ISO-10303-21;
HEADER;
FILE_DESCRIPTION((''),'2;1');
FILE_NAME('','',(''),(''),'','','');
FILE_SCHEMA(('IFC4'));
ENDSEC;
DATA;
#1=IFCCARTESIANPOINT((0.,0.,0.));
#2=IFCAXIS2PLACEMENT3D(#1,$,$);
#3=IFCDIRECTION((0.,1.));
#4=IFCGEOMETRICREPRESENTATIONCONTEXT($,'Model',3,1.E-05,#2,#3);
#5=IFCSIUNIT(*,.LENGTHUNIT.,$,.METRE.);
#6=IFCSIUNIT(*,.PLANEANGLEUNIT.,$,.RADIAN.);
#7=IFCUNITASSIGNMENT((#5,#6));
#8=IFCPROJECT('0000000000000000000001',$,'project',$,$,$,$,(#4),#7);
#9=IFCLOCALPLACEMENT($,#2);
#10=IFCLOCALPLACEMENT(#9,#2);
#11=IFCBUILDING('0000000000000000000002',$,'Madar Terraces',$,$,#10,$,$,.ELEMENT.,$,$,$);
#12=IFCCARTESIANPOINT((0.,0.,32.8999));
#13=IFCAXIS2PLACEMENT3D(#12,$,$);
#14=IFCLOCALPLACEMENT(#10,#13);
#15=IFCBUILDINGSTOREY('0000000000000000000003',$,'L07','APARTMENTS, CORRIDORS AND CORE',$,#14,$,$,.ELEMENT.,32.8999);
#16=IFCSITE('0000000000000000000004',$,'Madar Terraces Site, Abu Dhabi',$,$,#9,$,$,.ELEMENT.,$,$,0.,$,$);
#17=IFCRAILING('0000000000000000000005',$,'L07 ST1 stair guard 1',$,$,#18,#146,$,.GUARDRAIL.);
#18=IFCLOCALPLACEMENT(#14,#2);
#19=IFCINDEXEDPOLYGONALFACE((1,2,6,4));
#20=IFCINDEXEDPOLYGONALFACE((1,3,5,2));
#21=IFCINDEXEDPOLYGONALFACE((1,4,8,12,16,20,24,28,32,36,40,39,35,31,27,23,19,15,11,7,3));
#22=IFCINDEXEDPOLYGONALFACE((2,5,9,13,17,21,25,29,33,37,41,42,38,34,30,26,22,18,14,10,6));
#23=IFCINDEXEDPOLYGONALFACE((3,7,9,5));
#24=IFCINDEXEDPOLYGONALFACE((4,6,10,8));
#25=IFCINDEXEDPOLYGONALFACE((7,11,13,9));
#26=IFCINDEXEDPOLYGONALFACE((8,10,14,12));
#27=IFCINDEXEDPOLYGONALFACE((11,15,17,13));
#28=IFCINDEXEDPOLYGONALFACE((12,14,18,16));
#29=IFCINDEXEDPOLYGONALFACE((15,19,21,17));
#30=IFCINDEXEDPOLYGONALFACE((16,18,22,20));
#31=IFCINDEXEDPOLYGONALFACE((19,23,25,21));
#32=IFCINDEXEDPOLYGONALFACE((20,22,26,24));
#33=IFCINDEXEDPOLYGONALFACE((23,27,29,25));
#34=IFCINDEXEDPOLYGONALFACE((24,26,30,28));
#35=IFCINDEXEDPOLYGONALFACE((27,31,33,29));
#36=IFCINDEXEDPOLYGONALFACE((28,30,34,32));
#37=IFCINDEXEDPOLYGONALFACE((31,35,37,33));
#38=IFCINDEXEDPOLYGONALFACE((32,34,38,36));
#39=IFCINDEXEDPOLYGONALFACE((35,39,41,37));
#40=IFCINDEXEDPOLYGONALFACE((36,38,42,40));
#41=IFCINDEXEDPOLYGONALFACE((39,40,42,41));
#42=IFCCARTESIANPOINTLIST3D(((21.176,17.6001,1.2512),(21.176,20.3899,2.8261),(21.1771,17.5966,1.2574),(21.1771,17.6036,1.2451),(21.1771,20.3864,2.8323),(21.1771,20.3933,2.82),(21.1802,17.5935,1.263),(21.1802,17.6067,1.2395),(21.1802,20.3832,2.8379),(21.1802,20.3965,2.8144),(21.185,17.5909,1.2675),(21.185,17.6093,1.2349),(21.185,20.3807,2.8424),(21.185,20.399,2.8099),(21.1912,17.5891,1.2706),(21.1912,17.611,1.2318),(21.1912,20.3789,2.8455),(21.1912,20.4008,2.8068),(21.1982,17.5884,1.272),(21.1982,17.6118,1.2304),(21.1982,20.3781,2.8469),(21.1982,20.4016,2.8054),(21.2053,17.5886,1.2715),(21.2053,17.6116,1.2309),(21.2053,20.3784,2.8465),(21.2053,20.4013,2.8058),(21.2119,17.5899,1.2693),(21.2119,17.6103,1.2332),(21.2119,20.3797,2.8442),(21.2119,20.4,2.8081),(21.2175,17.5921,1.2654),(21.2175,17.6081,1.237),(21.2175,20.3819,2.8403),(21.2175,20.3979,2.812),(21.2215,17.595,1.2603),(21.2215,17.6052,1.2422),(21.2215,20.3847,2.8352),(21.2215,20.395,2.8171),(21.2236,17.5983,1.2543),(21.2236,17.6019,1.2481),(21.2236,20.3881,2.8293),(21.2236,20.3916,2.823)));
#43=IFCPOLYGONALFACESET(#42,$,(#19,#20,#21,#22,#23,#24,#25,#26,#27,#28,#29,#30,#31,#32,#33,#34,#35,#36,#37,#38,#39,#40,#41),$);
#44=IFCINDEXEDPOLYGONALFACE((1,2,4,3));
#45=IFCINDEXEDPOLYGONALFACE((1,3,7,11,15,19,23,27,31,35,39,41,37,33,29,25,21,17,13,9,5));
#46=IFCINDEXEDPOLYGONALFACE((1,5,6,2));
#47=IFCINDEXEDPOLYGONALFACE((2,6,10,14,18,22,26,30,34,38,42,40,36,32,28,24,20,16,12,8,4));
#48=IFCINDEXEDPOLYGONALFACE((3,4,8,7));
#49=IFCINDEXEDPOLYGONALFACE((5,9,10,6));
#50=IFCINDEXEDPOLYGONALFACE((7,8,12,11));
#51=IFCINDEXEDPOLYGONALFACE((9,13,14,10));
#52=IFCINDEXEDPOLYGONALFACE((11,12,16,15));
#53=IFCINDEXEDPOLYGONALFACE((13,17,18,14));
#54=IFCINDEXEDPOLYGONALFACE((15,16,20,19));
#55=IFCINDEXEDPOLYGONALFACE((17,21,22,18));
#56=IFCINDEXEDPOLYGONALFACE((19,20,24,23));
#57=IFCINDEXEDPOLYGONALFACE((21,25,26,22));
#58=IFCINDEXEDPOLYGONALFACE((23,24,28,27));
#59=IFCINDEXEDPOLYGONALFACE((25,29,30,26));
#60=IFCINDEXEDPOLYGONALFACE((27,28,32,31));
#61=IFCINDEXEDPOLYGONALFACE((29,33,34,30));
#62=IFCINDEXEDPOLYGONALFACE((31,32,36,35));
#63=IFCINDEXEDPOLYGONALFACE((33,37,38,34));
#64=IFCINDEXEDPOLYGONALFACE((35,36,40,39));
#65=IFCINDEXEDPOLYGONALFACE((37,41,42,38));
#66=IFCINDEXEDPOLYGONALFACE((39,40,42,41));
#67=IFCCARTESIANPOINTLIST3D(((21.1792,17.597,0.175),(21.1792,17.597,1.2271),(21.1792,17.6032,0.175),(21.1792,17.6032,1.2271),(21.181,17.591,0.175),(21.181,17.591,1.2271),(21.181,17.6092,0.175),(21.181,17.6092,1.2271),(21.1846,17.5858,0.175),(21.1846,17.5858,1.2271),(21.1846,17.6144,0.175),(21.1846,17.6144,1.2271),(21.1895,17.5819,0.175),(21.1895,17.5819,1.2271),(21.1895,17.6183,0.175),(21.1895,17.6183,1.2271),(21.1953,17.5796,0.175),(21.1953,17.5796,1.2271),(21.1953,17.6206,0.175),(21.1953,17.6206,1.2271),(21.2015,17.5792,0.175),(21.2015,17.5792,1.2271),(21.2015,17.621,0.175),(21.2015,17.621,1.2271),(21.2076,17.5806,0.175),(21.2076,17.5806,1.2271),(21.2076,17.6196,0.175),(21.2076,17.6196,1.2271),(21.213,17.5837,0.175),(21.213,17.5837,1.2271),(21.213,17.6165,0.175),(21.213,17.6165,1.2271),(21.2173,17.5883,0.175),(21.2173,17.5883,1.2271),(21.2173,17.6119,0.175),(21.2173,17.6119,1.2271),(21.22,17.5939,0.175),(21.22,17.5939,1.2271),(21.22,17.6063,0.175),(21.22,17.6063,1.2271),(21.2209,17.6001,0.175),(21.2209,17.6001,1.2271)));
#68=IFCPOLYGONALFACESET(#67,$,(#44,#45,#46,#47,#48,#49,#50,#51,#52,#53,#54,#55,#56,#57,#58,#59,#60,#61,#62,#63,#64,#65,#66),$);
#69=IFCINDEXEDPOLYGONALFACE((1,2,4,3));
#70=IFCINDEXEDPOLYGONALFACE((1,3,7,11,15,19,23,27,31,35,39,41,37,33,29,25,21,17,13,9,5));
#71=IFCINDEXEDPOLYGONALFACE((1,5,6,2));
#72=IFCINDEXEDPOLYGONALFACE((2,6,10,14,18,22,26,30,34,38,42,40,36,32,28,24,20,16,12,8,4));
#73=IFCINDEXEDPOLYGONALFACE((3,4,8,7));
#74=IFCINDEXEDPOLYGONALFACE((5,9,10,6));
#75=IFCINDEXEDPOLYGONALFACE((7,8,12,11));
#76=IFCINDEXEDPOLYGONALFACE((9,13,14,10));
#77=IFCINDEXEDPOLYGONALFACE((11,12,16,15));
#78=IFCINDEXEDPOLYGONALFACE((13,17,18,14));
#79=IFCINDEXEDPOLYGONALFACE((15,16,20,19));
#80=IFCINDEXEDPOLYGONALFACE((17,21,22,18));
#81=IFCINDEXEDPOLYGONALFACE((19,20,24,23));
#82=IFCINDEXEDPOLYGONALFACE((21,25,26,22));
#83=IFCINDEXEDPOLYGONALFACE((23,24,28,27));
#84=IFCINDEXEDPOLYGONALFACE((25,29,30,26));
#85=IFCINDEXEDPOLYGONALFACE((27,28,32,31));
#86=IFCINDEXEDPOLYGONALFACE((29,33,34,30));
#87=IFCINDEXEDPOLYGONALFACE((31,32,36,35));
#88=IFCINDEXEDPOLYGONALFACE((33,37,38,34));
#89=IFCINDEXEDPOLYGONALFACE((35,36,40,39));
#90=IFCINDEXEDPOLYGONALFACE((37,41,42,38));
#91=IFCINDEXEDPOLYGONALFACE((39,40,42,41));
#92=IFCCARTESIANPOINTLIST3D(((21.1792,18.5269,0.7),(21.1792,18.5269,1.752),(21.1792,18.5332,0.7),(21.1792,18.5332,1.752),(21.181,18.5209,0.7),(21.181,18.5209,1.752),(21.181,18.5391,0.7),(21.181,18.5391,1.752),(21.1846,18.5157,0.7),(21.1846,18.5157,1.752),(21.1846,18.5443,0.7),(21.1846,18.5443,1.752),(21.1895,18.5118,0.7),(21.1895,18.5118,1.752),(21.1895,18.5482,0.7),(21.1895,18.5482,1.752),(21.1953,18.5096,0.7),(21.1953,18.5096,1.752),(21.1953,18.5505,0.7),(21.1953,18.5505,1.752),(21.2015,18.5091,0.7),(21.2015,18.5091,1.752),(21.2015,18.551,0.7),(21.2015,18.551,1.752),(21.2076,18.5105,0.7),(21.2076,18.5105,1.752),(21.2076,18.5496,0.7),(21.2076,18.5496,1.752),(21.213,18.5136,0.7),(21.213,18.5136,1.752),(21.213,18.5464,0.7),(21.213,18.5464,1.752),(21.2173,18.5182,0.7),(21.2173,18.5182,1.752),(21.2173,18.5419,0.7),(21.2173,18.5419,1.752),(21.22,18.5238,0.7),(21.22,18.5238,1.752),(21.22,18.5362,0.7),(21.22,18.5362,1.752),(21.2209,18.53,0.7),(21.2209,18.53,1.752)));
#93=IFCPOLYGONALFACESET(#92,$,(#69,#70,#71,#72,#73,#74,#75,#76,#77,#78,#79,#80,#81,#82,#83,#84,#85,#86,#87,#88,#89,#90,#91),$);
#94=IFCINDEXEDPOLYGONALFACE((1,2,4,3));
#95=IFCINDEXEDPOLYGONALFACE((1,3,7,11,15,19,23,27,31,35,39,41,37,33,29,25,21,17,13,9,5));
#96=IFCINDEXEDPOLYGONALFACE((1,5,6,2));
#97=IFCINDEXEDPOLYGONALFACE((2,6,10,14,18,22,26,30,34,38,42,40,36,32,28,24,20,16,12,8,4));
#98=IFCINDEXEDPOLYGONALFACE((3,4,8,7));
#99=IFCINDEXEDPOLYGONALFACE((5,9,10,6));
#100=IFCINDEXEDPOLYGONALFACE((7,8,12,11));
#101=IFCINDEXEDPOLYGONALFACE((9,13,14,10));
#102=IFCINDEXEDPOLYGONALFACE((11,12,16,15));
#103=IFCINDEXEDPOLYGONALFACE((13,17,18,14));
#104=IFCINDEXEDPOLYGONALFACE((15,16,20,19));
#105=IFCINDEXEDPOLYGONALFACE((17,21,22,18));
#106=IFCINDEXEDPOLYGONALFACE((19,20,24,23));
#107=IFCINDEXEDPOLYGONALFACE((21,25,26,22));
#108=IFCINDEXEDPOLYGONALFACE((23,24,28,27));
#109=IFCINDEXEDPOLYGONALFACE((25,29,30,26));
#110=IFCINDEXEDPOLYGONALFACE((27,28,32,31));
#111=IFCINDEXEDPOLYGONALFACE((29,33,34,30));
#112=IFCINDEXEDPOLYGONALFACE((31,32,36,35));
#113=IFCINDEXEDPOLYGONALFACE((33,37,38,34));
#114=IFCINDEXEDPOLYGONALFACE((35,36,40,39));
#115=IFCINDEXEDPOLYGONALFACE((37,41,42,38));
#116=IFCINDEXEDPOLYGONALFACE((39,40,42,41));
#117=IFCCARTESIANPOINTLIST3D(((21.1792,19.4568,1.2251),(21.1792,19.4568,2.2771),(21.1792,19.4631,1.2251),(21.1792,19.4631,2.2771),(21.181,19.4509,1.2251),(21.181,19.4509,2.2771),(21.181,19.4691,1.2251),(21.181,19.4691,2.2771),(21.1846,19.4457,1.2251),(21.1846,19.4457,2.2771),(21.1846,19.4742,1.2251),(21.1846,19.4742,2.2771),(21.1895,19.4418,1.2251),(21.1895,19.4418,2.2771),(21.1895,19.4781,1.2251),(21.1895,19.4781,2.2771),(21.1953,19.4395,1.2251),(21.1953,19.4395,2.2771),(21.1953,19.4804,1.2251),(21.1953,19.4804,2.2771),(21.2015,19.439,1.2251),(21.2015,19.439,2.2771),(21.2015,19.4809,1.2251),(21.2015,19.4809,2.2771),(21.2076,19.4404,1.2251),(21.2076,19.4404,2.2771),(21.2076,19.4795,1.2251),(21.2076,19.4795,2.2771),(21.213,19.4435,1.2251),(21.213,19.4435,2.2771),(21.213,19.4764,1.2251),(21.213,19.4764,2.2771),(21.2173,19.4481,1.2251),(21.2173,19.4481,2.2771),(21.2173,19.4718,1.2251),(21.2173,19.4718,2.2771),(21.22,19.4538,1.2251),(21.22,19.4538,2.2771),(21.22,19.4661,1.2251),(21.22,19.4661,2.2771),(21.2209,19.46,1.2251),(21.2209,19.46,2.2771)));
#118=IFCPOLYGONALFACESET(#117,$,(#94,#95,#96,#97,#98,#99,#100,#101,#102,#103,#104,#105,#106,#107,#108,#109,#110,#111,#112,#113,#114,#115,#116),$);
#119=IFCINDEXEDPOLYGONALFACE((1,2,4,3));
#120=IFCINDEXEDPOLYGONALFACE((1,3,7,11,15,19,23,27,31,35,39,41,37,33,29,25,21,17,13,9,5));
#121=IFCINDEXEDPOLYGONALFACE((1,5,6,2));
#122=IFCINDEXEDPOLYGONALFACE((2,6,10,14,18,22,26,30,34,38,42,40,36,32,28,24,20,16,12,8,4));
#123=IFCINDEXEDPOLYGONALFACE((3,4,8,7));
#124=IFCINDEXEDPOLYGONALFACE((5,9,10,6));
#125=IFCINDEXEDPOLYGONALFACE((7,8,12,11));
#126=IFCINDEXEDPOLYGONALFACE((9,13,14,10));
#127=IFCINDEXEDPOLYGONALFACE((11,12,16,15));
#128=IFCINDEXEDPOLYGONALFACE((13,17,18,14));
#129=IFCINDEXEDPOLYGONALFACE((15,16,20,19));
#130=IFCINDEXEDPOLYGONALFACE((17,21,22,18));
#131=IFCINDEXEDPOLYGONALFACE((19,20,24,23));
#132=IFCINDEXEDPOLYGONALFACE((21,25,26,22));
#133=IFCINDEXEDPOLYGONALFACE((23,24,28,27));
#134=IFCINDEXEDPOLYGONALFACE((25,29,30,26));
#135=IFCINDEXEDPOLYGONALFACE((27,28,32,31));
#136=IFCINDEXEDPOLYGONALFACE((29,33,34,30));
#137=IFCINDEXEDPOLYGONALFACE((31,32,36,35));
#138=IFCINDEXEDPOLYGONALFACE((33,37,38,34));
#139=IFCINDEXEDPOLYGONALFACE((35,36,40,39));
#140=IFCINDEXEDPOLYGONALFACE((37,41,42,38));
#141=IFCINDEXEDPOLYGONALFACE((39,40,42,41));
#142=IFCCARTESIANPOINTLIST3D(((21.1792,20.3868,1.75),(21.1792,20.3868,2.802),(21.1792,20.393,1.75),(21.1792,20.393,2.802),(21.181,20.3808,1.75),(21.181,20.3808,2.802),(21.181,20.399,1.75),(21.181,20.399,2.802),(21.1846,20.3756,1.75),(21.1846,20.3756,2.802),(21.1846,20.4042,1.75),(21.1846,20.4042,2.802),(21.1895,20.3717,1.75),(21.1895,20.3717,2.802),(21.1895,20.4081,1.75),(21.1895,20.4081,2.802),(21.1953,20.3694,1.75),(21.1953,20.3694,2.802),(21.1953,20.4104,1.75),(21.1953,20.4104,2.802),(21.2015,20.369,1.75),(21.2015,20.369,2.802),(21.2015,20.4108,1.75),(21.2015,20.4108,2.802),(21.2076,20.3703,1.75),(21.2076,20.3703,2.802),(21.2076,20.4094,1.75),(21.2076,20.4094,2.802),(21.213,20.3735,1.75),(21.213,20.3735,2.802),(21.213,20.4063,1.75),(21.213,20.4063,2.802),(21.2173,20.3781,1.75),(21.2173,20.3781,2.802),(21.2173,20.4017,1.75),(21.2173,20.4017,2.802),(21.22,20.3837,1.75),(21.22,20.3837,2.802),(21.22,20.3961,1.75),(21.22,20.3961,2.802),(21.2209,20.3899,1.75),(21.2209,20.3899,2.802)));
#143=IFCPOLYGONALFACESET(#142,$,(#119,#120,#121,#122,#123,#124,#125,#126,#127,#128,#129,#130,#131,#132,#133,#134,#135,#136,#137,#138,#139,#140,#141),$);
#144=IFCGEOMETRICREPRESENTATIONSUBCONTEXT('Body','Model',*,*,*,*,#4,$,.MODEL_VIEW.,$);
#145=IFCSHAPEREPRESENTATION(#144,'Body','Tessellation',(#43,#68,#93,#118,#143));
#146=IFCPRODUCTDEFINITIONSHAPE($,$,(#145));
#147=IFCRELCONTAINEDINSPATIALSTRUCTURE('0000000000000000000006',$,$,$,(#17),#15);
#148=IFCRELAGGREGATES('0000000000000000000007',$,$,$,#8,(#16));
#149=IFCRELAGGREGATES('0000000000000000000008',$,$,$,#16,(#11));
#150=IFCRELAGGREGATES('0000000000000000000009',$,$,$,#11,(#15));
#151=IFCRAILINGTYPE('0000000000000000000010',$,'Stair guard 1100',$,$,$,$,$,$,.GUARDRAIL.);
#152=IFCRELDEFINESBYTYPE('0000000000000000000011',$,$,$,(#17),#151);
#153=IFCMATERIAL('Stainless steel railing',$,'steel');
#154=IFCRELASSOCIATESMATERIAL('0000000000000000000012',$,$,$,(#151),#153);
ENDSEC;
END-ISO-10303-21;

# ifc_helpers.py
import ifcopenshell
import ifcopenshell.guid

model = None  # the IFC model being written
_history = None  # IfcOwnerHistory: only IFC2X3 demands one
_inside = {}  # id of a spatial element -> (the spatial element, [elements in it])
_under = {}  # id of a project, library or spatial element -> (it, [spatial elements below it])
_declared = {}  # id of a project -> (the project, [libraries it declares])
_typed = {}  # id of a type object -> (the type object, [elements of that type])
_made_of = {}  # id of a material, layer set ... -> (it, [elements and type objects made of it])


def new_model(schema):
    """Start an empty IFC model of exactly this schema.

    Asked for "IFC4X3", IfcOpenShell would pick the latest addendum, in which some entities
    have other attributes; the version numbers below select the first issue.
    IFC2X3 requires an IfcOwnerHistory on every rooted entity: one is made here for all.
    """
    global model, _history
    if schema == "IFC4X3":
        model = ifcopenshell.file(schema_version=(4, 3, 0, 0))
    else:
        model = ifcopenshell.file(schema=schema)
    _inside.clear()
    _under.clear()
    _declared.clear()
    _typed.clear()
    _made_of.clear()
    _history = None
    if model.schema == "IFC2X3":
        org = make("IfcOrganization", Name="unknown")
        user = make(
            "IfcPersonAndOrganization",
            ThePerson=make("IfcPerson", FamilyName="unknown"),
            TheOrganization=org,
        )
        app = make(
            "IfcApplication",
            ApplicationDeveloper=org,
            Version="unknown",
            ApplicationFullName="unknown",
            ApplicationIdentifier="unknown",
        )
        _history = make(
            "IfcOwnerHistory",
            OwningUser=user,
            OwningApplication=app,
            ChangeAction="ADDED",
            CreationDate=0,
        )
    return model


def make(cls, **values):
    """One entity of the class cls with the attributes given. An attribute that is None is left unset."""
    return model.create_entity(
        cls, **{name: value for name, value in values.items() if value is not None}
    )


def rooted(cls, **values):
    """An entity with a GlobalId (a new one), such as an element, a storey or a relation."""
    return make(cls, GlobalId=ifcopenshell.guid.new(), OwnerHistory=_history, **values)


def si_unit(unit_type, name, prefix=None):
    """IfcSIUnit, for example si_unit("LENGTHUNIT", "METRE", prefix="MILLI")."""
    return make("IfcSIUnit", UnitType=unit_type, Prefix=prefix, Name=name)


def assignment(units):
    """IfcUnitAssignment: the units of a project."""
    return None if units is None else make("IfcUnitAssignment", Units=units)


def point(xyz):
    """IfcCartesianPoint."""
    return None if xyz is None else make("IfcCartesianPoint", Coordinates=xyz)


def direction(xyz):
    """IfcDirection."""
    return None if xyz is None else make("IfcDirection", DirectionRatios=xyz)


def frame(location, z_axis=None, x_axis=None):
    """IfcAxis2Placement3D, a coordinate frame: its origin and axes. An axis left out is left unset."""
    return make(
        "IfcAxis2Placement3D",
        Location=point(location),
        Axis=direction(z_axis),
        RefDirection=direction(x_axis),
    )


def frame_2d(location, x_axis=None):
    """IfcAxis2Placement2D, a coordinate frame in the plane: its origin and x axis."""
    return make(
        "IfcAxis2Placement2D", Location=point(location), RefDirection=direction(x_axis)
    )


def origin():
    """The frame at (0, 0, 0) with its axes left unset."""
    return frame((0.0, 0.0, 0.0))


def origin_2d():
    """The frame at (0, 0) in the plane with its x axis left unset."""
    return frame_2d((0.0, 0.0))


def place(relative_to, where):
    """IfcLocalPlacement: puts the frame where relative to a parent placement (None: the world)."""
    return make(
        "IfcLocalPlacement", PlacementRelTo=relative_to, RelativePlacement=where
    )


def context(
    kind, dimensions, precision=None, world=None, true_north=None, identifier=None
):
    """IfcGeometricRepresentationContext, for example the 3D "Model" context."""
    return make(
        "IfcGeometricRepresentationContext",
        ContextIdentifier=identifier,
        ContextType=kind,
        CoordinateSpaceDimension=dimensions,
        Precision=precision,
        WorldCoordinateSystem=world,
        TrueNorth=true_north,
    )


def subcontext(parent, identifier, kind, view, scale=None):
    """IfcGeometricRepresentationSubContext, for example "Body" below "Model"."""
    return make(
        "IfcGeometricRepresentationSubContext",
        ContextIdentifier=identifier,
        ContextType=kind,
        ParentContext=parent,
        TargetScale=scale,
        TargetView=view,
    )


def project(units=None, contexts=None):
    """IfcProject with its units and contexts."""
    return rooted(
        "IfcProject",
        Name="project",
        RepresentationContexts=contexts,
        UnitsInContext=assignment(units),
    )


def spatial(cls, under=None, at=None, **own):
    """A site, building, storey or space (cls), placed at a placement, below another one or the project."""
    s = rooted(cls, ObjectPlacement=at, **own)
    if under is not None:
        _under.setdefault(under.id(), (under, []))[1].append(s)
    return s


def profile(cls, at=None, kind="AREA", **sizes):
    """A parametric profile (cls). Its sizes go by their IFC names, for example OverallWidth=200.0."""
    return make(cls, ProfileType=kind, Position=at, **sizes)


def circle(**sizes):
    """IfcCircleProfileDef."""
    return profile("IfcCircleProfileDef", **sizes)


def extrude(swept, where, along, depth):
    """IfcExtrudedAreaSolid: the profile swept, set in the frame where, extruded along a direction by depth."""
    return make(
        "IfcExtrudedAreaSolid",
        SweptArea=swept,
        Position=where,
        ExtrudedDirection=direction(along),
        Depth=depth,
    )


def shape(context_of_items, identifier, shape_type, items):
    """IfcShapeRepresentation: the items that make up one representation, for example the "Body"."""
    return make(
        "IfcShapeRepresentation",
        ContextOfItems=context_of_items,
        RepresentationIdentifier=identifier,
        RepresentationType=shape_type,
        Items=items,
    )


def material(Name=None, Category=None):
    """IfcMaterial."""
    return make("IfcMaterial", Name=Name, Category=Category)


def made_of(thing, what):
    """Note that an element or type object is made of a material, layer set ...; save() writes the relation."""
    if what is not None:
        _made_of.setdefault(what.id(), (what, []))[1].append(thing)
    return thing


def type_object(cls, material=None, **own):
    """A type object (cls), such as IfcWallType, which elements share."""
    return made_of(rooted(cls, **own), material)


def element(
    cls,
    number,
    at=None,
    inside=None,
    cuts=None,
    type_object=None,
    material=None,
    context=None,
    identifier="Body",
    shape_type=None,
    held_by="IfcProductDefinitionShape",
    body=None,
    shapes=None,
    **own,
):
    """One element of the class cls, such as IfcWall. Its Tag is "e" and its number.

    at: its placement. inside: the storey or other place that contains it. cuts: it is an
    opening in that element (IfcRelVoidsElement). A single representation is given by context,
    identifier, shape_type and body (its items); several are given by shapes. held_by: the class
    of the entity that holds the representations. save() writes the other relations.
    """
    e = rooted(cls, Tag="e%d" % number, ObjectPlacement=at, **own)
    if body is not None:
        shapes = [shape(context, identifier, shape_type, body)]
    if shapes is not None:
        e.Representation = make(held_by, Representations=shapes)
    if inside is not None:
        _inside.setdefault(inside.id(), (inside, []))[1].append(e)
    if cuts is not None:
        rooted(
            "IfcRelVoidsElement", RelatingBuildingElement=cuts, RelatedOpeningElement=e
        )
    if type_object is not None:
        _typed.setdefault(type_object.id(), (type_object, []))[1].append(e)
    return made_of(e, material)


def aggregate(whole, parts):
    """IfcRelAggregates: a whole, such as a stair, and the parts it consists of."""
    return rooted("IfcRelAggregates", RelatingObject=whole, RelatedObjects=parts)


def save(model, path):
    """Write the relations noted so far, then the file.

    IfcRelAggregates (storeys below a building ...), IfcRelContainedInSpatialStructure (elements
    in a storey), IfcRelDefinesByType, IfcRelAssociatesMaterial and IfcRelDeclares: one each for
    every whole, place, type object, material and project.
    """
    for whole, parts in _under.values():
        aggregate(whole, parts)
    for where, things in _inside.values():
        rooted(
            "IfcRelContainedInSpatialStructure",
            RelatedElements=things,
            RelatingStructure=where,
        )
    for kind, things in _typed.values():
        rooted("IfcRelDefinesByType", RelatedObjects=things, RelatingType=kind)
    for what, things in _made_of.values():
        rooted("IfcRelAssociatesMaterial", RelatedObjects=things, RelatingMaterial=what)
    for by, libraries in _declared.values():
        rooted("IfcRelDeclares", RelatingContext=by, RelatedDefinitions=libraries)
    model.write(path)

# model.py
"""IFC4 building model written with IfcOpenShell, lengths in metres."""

from ifc_helpers import new_model, si_unit, direction, frame, origin, origin_2d, place, context, subcontext, project, spatial, circle, extrude, material, type_object, element, save


model = new_model("IFC4")

# Units and contexts
model_context = context("Model", 3, precision=1e-05, world=origin(), true_north=direction((0.0, 1.0)))
body_context = subcontext(model_context, "Body", "Model", "MODEL_VIEW")
ifc_project = project(units=[si_unit("LENGTHUNIT", "METRE"), si_unit("PLANEANGLEUNIT", "RADIAN")], contexts=[model_context])

# Site, building, storey
site_placement = place(None, origin())
site = spatial("IfcSite", under=ifc_project, at=site_placement, Name="Madar Terraces Site, Abu Dhabi", CompositionType="ELEMENT", RefElevation=0.0)
building_placement = place(site_placement, origin())
building = spatial("IfcBuilding", under=site, at=building_placement, Name="Madar Terraces", CompositionType="ELEMENT")
storey_placement = place(building_placement, frame((0.0, 0.0, 32.8999)))
storey = spatial("IfcBuildingStorey", under=building, at=storey_placement, Name="L07", Description="APARTMENTS, CORRIDORS AND CORE", CompositionType="ELEMENT", Elevation=32.8999)

# Railing
ifc_material_1 = material(Name="Stainless steel railing", Category="steel")
railing_type_1 = type_object("IfcRailingType", Name="Stair guard 1100", PredefinedType="GUARDRAIL", material=ifc_material_1)
railing_1_placement = place(storey_placement, frame((21.2, 17.6001, 0.175)))
element("IfcRailing", 1, at=railing_1_placement, inside=storey, type_object=railing_type_1, Name="L07 ST1 stair guard 1", PredefinedType="GUARDRAIL", context=body_context, shape_type="SweptSolid", body=[
    extrude(circle(Radius=0.0239, at=origin_2d()), frame((0.0, 0.0, 1.0762), z_axis=(0.0, 0.870815, 0.49161), x_axis=(-1.0, 0.0, 0.0)), (0.0, 0.0, 1.0), 3.2036),
    extrude(circle(Radius=0.021, at=origin_2d()), origin(), (0.0, 0.0, 1.0), 1.052),
    extrude(circle(Radius=0.021, at=origin_2d()), frame((0.0, 0.9299, 0.5249)), (0.0, 0.0, 1.0), 1.052),
    extrude(circle(Radius=0.021, at=origin_2d()), frame((0.0, 1.8599, 1.05)), (0.0, 0.0, 1.0), 1.052),
    extrude(circle(Radius=0.021, at=origin_2d()), frame((0.0, 2.7898, 1.575)), (0.0, 0.0, 1.0), 1.052),
])

save(model, "model.ifc")
